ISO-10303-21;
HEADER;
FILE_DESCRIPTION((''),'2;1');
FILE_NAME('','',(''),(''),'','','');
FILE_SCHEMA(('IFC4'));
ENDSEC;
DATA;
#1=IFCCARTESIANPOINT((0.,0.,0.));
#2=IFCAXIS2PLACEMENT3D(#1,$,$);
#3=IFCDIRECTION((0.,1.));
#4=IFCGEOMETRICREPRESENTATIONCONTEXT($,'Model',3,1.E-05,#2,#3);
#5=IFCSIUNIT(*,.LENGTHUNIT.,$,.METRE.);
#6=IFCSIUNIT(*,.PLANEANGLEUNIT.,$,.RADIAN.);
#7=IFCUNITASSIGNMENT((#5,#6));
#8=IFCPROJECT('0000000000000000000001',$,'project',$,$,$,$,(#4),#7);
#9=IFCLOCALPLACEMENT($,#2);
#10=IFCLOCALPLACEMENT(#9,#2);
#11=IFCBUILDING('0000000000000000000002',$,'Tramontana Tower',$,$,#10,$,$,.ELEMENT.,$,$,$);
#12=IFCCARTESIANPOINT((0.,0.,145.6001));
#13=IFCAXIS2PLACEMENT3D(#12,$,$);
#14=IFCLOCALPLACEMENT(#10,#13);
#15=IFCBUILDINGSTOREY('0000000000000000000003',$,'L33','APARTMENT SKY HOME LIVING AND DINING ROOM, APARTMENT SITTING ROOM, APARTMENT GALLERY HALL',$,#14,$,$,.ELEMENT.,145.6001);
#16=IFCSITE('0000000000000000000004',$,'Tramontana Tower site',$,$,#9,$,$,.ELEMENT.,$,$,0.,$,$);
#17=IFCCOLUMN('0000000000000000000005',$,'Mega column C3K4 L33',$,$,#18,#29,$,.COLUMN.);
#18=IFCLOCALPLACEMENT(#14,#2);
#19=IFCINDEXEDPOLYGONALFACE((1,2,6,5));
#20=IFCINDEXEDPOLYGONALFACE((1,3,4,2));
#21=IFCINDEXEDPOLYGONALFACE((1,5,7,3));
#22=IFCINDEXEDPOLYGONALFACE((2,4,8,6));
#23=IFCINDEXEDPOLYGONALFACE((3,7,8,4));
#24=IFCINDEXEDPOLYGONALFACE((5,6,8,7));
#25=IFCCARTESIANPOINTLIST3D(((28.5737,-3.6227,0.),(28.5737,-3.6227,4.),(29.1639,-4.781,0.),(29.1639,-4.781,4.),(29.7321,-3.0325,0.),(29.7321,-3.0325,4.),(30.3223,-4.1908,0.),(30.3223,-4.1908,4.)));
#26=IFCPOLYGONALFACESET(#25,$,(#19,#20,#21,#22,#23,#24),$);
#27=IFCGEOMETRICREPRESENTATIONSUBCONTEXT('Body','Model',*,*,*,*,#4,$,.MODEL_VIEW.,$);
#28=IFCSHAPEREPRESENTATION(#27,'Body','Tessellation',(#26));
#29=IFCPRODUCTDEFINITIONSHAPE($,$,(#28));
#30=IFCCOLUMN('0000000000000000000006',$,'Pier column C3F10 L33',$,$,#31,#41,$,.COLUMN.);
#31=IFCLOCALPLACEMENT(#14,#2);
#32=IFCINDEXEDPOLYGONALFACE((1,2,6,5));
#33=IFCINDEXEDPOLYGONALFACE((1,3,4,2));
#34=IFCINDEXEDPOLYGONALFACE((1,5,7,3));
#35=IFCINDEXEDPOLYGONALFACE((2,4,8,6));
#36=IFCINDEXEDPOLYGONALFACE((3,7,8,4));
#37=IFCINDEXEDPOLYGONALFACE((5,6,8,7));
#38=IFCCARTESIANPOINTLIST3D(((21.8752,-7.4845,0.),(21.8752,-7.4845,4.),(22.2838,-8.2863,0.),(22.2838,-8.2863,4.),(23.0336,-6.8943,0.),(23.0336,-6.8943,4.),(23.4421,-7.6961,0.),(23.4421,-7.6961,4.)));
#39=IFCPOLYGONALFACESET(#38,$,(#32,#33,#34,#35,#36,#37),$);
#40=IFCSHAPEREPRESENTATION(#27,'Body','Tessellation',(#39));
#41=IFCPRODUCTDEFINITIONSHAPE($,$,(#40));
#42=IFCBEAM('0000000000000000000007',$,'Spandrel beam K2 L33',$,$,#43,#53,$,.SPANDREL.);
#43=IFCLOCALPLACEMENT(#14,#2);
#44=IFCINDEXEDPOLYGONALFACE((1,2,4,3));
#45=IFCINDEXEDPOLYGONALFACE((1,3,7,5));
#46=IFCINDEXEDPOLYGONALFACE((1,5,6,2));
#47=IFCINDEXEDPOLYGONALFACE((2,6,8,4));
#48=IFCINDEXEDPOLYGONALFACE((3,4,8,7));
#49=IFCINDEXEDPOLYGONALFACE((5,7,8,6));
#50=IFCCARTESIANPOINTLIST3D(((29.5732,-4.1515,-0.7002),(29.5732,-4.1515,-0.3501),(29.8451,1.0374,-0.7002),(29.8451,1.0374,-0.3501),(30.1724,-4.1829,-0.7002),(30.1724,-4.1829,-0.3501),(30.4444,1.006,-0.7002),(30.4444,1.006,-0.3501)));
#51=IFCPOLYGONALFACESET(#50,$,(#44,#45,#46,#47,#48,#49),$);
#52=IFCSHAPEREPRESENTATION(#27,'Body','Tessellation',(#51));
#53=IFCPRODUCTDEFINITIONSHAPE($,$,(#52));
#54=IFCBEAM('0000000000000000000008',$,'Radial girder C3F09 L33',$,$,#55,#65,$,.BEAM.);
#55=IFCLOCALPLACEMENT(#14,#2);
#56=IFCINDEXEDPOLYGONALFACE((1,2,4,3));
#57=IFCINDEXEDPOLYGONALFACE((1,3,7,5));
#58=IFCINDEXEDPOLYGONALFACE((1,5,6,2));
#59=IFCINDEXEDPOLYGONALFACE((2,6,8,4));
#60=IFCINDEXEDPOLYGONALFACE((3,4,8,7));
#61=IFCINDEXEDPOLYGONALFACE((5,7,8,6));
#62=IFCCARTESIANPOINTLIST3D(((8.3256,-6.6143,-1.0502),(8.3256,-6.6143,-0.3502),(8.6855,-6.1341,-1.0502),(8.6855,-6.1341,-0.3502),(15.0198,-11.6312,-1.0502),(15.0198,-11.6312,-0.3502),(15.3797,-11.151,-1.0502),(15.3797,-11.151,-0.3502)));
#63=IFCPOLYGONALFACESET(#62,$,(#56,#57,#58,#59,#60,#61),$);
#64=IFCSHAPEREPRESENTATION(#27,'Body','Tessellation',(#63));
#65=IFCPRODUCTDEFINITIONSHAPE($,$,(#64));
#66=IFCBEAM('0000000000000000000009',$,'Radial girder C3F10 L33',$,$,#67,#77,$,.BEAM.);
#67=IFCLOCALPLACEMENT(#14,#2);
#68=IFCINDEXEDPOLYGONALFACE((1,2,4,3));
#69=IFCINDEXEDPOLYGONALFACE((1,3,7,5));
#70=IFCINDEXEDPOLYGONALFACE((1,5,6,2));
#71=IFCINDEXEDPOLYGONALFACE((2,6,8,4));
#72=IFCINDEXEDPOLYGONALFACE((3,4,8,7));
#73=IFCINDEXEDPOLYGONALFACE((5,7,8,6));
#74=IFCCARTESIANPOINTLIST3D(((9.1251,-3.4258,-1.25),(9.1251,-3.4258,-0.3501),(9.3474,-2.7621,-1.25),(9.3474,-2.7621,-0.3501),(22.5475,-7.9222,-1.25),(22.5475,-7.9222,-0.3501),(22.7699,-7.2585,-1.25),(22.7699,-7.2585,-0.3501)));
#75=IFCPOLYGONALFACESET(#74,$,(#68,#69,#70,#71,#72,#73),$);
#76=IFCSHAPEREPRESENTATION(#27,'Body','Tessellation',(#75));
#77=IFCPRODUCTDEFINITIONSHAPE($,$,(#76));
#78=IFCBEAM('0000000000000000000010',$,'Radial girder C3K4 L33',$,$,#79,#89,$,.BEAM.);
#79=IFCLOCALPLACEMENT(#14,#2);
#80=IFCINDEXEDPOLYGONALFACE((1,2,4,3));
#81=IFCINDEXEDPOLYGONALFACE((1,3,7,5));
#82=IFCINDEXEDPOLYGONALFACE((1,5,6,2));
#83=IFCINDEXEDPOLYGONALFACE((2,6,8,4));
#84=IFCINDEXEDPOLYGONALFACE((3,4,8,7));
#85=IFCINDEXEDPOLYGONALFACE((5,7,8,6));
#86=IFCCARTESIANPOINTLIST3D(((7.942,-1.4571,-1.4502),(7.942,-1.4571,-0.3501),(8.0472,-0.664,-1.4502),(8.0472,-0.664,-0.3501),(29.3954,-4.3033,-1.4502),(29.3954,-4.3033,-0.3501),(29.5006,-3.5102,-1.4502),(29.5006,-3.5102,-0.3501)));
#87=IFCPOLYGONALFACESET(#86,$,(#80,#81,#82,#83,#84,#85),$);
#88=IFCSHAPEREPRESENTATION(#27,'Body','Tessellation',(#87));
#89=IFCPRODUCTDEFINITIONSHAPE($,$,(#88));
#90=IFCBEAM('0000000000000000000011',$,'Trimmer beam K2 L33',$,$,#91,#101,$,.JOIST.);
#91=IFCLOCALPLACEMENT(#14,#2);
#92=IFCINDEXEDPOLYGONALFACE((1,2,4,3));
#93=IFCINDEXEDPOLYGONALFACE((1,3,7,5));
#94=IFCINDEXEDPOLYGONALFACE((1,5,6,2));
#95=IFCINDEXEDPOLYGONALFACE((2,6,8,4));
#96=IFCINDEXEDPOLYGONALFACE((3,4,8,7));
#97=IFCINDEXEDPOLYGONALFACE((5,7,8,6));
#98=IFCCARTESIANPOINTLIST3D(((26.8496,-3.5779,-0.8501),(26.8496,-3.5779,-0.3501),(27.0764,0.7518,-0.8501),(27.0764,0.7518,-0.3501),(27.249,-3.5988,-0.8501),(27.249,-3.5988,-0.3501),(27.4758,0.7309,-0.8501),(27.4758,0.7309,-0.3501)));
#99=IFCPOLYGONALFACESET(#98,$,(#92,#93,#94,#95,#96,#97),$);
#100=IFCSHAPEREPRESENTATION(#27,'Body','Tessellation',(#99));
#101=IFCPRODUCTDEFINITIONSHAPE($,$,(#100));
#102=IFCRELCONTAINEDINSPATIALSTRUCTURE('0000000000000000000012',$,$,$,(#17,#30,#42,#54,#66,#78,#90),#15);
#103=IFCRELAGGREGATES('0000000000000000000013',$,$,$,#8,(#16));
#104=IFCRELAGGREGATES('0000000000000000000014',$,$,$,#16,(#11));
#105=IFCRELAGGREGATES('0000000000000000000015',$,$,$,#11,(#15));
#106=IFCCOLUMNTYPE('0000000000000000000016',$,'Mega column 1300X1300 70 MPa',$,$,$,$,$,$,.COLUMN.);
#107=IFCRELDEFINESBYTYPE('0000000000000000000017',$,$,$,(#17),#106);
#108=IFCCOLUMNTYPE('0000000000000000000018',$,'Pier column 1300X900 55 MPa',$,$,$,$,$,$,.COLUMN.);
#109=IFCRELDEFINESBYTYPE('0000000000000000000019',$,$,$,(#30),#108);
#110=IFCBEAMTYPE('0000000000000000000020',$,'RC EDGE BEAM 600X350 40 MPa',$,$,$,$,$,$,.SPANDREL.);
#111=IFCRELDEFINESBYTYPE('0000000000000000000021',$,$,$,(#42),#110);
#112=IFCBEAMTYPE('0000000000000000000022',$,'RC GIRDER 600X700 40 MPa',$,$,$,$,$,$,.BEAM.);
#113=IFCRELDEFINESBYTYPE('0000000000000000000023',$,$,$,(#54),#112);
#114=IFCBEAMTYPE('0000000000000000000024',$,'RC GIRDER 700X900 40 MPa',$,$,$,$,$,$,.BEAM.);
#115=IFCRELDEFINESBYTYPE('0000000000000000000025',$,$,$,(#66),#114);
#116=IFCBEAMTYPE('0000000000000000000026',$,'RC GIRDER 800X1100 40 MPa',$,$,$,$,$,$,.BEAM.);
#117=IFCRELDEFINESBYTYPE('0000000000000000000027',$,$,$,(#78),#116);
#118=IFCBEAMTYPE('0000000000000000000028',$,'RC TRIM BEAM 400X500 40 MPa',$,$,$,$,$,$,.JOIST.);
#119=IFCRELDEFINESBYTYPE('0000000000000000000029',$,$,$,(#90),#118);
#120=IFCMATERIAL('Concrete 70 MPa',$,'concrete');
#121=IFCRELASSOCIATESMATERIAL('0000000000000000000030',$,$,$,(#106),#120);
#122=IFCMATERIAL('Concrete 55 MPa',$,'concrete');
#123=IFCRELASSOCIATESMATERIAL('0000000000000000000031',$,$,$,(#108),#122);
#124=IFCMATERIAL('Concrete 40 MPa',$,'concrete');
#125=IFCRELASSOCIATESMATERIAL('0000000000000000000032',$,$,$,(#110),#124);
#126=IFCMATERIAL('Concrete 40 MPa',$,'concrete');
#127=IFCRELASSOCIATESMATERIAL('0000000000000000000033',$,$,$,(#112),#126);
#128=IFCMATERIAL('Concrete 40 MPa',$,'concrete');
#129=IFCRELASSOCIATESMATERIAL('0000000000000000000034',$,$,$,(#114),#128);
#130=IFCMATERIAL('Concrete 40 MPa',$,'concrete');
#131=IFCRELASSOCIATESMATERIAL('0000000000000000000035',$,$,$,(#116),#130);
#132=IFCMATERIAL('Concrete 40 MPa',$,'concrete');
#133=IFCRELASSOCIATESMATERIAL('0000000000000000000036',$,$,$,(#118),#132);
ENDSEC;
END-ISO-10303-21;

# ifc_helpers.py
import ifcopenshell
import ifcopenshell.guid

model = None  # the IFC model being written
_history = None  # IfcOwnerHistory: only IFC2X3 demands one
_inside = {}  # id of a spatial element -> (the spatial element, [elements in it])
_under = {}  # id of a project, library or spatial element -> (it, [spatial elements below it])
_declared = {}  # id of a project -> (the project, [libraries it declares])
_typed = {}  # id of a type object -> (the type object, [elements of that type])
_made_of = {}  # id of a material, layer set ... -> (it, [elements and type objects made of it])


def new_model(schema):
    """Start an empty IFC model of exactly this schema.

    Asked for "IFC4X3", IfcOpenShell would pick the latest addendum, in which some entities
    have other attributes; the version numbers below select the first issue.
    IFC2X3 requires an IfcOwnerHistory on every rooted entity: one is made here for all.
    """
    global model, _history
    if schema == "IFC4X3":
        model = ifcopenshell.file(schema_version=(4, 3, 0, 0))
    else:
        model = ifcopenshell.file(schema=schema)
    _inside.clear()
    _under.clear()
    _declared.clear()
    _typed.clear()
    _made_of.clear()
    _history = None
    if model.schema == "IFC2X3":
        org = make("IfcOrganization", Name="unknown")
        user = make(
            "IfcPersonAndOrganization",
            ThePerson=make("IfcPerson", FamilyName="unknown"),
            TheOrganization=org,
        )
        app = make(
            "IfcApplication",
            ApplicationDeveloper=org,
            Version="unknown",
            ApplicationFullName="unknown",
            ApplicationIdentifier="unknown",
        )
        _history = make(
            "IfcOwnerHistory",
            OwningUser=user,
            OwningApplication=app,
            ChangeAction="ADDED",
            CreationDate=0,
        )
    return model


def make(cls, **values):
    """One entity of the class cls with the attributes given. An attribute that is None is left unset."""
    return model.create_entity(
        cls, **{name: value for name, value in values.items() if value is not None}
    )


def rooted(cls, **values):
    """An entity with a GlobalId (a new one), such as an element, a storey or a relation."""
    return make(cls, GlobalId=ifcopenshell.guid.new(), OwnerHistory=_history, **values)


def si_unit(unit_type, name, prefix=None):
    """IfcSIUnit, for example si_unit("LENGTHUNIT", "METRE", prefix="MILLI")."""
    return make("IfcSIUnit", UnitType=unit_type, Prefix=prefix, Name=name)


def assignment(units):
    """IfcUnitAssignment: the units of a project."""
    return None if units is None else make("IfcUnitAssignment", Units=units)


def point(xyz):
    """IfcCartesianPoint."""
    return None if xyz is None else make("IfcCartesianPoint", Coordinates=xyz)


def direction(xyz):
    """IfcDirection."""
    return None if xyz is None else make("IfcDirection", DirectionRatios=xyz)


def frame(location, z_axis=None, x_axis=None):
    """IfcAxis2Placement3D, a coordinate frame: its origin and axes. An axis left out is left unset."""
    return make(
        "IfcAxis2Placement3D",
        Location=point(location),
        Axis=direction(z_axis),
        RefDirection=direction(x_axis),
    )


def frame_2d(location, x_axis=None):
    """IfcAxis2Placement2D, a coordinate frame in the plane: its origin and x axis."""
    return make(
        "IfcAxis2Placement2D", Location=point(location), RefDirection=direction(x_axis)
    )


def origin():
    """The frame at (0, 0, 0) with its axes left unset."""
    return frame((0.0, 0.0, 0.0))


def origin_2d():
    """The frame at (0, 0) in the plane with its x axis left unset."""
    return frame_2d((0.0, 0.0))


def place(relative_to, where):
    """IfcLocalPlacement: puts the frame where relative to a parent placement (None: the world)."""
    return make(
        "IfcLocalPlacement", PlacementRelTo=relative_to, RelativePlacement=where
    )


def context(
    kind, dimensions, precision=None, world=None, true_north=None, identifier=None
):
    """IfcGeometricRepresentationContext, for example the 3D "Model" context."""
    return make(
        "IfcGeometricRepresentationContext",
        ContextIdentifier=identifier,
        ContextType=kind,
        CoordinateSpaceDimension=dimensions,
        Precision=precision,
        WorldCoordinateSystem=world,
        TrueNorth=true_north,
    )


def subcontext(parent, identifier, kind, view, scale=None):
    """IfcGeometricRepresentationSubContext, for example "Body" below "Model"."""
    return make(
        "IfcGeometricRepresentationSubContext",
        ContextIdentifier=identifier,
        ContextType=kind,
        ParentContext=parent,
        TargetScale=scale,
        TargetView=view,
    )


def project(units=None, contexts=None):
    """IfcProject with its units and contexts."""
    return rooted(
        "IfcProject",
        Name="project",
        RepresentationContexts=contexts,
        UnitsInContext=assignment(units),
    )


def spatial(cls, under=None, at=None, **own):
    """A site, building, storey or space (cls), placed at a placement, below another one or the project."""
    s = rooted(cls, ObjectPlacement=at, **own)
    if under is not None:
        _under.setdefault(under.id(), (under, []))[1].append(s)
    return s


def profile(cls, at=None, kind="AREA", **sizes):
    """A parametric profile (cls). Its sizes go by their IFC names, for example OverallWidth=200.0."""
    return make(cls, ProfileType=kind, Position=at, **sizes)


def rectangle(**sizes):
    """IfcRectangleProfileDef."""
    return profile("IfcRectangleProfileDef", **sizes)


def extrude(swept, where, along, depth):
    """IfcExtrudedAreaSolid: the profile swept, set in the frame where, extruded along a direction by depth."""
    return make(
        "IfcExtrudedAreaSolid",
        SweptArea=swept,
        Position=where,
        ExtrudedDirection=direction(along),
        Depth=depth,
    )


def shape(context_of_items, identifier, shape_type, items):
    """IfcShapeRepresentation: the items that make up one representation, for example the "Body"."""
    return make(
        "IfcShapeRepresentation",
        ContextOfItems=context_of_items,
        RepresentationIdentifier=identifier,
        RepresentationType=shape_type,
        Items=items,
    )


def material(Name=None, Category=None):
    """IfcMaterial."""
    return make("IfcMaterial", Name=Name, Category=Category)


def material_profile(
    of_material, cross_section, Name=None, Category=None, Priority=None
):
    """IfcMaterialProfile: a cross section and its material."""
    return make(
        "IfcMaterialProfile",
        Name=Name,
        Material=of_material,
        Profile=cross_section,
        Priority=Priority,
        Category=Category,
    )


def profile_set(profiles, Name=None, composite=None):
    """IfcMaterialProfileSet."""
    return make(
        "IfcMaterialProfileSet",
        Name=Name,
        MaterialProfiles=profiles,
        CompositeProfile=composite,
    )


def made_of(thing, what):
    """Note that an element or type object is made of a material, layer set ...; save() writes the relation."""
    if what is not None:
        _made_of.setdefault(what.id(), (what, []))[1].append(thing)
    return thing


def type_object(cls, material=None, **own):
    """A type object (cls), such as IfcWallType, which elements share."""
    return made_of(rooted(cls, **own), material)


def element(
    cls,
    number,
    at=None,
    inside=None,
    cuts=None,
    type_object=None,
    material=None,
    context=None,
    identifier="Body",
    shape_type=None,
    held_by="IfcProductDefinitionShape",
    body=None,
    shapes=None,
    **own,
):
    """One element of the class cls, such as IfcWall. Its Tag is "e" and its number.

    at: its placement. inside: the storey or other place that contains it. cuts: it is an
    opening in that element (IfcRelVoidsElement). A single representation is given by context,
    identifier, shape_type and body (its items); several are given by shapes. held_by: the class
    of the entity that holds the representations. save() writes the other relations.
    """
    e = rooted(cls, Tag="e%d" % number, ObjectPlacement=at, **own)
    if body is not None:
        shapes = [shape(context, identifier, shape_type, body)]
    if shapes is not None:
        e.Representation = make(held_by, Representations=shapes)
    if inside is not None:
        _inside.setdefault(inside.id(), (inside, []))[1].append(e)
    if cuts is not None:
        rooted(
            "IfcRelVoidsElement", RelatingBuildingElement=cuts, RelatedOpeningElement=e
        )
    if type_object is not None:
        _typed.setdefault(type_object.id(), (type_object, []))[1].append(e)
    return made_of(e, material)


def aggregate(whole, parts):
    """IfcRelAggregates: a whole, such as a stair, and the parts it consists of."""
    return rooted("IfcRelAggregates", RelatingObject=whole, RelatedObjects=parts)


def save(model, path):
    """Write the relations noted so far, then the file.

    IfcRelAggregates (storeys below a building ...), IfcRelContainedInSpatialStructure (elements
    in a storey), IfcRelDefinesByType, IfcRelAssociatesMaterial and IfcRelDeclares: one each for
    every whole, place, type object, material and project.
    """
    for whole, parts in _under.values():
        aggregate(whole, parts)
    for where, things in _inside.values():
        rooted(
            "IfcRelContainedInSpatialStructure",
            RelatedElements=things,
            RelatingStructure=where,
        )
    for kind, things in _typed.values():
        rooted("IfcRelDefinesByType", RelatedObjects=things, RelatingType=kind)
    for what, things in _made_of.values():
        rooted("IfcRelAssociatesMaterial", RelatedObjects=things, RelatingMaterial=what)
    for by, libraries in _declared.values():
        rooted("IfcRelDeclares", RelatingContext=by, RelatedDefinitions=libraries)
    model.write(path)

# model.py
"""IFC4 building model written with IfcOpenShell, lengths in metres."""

from ifc_helpers import new_model, si_unit, direction, frame, origin, origin_2d, place, context, subcontext, project, spatial, rectangle, extrude, material, material_profile, profile_set, type_object, element, save


model = new_model("IFC4")

# Units and contexts
model_context = context("Model", 3, precision=1e-05, world=origin(), true_north=direction((0.0, 1.0)))
body_context = subcontext(model_context, "Body", "Model", "MODEL_VIEW")
ifc_project = project(units=[si_unit("LENGTHUNIT", "METRE"), si_unit("PLANEANGLEUNIT", "RADIAN")], contexts=[model_context])

# Site, building, storey
site_placement = place(None, origin())
site = spatial("IfcSite", under=ifc_project, at=site_placement, Name="Tramontana Tower site", CompositionType="ELEMENT", RefElevation=0.0)
building_placement = place(site_placement, origin())
building = spatial("IfcBuilding", under=site, at=building_placement, Name="Tramontana Tower", CompositionType="ELEMENT")
storey_placement = place(building_placement, frame((0.0, 0.0, 145.6001)))
storey = spatial("IfcBuildingStorey", under=building, at=storey_placement, Name="L33", Description="APARTMENT SKY HOME LIVING AND DINING ROOM, APARTMENT SITTING ROOM, APARTMENT GALLERY HALL", CompositionType="ELEMENT", Elevation=145.6001)

# Columns
ifc_material_1 = material(Name="Concrete 70 MPa", Category="concrete")
ifc_material_profile_1 = material_profile(ifc_material_1, rectangle(XDim=1.3, YDim=1.3, at=origin_2d()), Name="Mega column 1300X1300 70 MPa")
ifc_profile_set_1 = profile_set([ifc_material_profile_1], Name="Concrete 70 MPa")
column_type_1 = type_object("IfcColumnType", Name="Mega column 1300X1300 70 MPa", PredefinedType="COLUMN", material=ifc_profile_set_1)
column_1_placement = place(storey_placement, frame((29.448, -3.9067, 0.0), z_axis=(0.0, 0.0, 1.0), x_axis=(0.891007, 0.45399, 0.0)))
element("IfcColumn", 1, at=column_1_placement, inside=storey, type_object=column_type_1, Name="Mega column C3K4 L33", PredefinedType="COLUMN", context=body_context, shape_type="SweptSolid", body=[
    extrude(rectangle(XDim=1.3, YDim=1.3, at=origin_2d()), origin(), (0.0, 0.0, 1.0), 4.0),
])
ifc_material_2 = material(Name="Concrete 55 MPa", Category="concrete")
ifc_material_profile_2 = material_profile(ifc_material_2, rectangle(XDim=1.3, YDim=0.8999, at=origin_2d()), Name="Pier column 1300X900 55 MPa")
ifc_profile_set_2 = profile_set([ifc_material_profile_2], Name="Concrete 55 MPa")
column_type_2 = type_object("IfcColumnType", Name="Pier column 1300X900 55 MPa", PredefinedType="COLUMN", material=ifc_profile_set_2)
column_2_placement = place(storey_placement, frame((22.6587, -7.5903, 0.0), z_axis=(0.0, 0.0, 1.0), x_axis=(0.891007, 0.45399, 0.0)))
element("IfcColumn", 2, at=column_2_placement, inside=storey, type_object=column_type_2, Name="Pier column C3F10 L33", PredefinedType="COLUMN", context=body_context, shape_type="SweptSolid", body=[
    extrude(rectangle(XDim=1.3, YDim=0.8999, at=origin_2d()), origin(), (0.0, 0.0, 1.0), 4.0),
])

# Beams
ifc_material_3 = material(Name="Concrete 40 MPa", Category="concrete")
ifc_material_profile_3 = material_profile(ifc_material_3, rectangle(XDim=0.6001, YDim=0.3501, at=origin_2d()), Name="RC EDGE BEAM 600X350 40 MPa")
ifc_profile_set_3 = profile_set([ifc_material_profile_3], Name="Concrete 40 MPa")
beam_type_1 = type_object("IfcBeamType", Name="RC EDGE BEAM 600X350 40 MPa", PredefinedType="SPANDREL", material=ifc_profile_set_3)
beam_1_placement = place(storey_placement, frame((29.8728, -4.1672, -0.5251), z_axis=(0.052342, 0.998629, 0.0), x_axis=(-0.998629, 0.052342, 0.0)))
element("IfcBeam", 3, at=beam_1_placement, inside=storey, type_object=beam_type_1, Name="Spandrel beam K2 L33", PredefinedType="SPANDREL", context=body_context, shape_type="SweptSolid", body=[
    extrude(rectangle(XDim=0.6001, YDim=0.3501, at=origin_2d()), origin(), (0.0, 0.0, 1.0), 5.196),
])
ifc_material_4 = material(Name="Concrete 40 MPa", Category="concrete")
ifc_material_profile_4 = material_profile(ifc_material_4, rectangle(XDim=0.6001, YDim=0.7, at=origin_2d()), Name="RC GIRDER 600X700 40 MPa")
ifc_profile_set_4 = profile_set([ifc_material_profile_4], Name="Concrete 40 MPa")
beam_type_2 = type_object("IfcBeamType", Name="RC GIRDER 600X700 40 MPa", PredefinedType="BEAM", material=ifc_profile_set_4)
beam_2_placement = place(storey_placement, frame((15.1997, -11.3911, -0.7002), z_axis=(-0.800214, 0.599715, 0.0), x_axis=(-0.599715, -0.800214, 0.0)))
element("IfcBeam", 4, at=beam_2_placement, inside=storey, type_object=beam_type_2, Name="Radial girder C3F09 L33", PredefinedType="BEAM", context=body_context, shape_type="SweptSolid", body=[
    extrude(rectangle(XDim=0.6001, YDim=0.7, at=origin_2d()), origin(), (0.0, 0.0, 1.0), 8.3655),
])
ifc_material_5 = material(Name="Concrete 40 MPa", Category="concrete")
ifc_material_profile_5 = material_profile(ifc_material_5, rectangle(XDim=0.7, YDim=0.8999, at=origin_2d()), Name="RC GIRDER 700X900 40 MPa")
ifc_profile_set_5 = profile_set([ifc_material_profile_5], Name="Concrete 40 MPa")
beam_type_3 = type_object("IfcBeamType", Name="RC GIRDER 700X900 40 MPa", PredefinedType="BEAM", material=ifc_profile_set_5)
beam_3_placement = place(storey_placement, frame((22.6587, -7.5903, -0.8), z_axis=(-0.948211, 0.31764, 0.0), x_axis=(-0.31764, -0.948211, 0.0)))
element("IfcBeam", 5, at=beam_3_placement, inside=storey, type_object=beam_type_3, Name="Radial girder C3F10 L33", PredefinedType="BEAM", context=body_context, shape_type="SweptSolid", body=[
    extrude(rectangle(XDim=0.7, YDim=0.8999, at=origin_2d()), origin(), (0.0, 0.0, 1.0), 14.1555),
])
ifc_material_6 = material(Name="Concrete 40 MPa", Category="concrete")
ifc_material_profile_6 = material_profile(ifc_material_6, rectangle(XDim=0.8, YDim=1.1001, at=origin_2d()), Name="RC GIRDER 800X1100 40 MPa")
ifc_profile_set_6 = profile_set([ifc_material_profile_6], Name="Concrete 40 MPa")
beam_type_4 = type_object("IfcBeamType", Name="RC GIRDER 800X1100 40 MPa", PredefinedType="BEAM", material=ifc_profile_set_6)
beam_4_placement = place(storey_placement, frame((29.448, -3.9067, -0.9001), z_axis=(-0.991314, 0.131516, 0.0), x_axis=(-0.131516, -0.991314, 0.0)))
element("IfcBeam", 6, at=beam_4_placement, inside=storey, type_object=beam_type_4, Name="Radial girder C3K4 L33", PredefinedType="BEAM", context=body_context, shape_type="SweptSolid", body=[
    extrude(rectangle(XDim=0.8, YDim=1.1001, at=origin_2d()), origin(), (0.0, 0.0, 1.0), 21.6414),
])
ifc_material_7 = material(Name="Concrete 40 MPa", Category="concrete")
ifc_material_profile_7 = material_profile(ifc_material_7, rectangle(XDim=0.3999, YDim=0.5, at=origin_2d()), Name="RC TRIM BEAM 400X500 40 MPa")
ifc_profile_set_7 = profile_set([ifc_material_profile_7], Name="Concrete 40 MPa")
beam_type_5 = type_object("IfcBeamType", Name="RC TRIM BEAM 400X500 40 MPa", PredefinedType="JOIST", material=ifc_profile_set_7)
beam_5_placement = place(storey_placement, frame((27.0493, -3.5884, -0.6001), z_axis=(0.052311, 0.998631, 0.0), x_axis=(-0.998631, 0.052311, 0.0)))
element("IfcBeam", 7, at=beam_5_placement, inside=storey, type_object=beam_type_5, Name="Trimmer beam K2 L33", PredefinedType="JOIST", context=body_context, shape_type="SweptSolid", body=[
    extrude(rectangle(XDim=0.3999, YDim=0.5, at=origin_2d()), origin(), (0.0, 0.0, 1.0), 4.3357),
])

save(model, "model.ifc")
